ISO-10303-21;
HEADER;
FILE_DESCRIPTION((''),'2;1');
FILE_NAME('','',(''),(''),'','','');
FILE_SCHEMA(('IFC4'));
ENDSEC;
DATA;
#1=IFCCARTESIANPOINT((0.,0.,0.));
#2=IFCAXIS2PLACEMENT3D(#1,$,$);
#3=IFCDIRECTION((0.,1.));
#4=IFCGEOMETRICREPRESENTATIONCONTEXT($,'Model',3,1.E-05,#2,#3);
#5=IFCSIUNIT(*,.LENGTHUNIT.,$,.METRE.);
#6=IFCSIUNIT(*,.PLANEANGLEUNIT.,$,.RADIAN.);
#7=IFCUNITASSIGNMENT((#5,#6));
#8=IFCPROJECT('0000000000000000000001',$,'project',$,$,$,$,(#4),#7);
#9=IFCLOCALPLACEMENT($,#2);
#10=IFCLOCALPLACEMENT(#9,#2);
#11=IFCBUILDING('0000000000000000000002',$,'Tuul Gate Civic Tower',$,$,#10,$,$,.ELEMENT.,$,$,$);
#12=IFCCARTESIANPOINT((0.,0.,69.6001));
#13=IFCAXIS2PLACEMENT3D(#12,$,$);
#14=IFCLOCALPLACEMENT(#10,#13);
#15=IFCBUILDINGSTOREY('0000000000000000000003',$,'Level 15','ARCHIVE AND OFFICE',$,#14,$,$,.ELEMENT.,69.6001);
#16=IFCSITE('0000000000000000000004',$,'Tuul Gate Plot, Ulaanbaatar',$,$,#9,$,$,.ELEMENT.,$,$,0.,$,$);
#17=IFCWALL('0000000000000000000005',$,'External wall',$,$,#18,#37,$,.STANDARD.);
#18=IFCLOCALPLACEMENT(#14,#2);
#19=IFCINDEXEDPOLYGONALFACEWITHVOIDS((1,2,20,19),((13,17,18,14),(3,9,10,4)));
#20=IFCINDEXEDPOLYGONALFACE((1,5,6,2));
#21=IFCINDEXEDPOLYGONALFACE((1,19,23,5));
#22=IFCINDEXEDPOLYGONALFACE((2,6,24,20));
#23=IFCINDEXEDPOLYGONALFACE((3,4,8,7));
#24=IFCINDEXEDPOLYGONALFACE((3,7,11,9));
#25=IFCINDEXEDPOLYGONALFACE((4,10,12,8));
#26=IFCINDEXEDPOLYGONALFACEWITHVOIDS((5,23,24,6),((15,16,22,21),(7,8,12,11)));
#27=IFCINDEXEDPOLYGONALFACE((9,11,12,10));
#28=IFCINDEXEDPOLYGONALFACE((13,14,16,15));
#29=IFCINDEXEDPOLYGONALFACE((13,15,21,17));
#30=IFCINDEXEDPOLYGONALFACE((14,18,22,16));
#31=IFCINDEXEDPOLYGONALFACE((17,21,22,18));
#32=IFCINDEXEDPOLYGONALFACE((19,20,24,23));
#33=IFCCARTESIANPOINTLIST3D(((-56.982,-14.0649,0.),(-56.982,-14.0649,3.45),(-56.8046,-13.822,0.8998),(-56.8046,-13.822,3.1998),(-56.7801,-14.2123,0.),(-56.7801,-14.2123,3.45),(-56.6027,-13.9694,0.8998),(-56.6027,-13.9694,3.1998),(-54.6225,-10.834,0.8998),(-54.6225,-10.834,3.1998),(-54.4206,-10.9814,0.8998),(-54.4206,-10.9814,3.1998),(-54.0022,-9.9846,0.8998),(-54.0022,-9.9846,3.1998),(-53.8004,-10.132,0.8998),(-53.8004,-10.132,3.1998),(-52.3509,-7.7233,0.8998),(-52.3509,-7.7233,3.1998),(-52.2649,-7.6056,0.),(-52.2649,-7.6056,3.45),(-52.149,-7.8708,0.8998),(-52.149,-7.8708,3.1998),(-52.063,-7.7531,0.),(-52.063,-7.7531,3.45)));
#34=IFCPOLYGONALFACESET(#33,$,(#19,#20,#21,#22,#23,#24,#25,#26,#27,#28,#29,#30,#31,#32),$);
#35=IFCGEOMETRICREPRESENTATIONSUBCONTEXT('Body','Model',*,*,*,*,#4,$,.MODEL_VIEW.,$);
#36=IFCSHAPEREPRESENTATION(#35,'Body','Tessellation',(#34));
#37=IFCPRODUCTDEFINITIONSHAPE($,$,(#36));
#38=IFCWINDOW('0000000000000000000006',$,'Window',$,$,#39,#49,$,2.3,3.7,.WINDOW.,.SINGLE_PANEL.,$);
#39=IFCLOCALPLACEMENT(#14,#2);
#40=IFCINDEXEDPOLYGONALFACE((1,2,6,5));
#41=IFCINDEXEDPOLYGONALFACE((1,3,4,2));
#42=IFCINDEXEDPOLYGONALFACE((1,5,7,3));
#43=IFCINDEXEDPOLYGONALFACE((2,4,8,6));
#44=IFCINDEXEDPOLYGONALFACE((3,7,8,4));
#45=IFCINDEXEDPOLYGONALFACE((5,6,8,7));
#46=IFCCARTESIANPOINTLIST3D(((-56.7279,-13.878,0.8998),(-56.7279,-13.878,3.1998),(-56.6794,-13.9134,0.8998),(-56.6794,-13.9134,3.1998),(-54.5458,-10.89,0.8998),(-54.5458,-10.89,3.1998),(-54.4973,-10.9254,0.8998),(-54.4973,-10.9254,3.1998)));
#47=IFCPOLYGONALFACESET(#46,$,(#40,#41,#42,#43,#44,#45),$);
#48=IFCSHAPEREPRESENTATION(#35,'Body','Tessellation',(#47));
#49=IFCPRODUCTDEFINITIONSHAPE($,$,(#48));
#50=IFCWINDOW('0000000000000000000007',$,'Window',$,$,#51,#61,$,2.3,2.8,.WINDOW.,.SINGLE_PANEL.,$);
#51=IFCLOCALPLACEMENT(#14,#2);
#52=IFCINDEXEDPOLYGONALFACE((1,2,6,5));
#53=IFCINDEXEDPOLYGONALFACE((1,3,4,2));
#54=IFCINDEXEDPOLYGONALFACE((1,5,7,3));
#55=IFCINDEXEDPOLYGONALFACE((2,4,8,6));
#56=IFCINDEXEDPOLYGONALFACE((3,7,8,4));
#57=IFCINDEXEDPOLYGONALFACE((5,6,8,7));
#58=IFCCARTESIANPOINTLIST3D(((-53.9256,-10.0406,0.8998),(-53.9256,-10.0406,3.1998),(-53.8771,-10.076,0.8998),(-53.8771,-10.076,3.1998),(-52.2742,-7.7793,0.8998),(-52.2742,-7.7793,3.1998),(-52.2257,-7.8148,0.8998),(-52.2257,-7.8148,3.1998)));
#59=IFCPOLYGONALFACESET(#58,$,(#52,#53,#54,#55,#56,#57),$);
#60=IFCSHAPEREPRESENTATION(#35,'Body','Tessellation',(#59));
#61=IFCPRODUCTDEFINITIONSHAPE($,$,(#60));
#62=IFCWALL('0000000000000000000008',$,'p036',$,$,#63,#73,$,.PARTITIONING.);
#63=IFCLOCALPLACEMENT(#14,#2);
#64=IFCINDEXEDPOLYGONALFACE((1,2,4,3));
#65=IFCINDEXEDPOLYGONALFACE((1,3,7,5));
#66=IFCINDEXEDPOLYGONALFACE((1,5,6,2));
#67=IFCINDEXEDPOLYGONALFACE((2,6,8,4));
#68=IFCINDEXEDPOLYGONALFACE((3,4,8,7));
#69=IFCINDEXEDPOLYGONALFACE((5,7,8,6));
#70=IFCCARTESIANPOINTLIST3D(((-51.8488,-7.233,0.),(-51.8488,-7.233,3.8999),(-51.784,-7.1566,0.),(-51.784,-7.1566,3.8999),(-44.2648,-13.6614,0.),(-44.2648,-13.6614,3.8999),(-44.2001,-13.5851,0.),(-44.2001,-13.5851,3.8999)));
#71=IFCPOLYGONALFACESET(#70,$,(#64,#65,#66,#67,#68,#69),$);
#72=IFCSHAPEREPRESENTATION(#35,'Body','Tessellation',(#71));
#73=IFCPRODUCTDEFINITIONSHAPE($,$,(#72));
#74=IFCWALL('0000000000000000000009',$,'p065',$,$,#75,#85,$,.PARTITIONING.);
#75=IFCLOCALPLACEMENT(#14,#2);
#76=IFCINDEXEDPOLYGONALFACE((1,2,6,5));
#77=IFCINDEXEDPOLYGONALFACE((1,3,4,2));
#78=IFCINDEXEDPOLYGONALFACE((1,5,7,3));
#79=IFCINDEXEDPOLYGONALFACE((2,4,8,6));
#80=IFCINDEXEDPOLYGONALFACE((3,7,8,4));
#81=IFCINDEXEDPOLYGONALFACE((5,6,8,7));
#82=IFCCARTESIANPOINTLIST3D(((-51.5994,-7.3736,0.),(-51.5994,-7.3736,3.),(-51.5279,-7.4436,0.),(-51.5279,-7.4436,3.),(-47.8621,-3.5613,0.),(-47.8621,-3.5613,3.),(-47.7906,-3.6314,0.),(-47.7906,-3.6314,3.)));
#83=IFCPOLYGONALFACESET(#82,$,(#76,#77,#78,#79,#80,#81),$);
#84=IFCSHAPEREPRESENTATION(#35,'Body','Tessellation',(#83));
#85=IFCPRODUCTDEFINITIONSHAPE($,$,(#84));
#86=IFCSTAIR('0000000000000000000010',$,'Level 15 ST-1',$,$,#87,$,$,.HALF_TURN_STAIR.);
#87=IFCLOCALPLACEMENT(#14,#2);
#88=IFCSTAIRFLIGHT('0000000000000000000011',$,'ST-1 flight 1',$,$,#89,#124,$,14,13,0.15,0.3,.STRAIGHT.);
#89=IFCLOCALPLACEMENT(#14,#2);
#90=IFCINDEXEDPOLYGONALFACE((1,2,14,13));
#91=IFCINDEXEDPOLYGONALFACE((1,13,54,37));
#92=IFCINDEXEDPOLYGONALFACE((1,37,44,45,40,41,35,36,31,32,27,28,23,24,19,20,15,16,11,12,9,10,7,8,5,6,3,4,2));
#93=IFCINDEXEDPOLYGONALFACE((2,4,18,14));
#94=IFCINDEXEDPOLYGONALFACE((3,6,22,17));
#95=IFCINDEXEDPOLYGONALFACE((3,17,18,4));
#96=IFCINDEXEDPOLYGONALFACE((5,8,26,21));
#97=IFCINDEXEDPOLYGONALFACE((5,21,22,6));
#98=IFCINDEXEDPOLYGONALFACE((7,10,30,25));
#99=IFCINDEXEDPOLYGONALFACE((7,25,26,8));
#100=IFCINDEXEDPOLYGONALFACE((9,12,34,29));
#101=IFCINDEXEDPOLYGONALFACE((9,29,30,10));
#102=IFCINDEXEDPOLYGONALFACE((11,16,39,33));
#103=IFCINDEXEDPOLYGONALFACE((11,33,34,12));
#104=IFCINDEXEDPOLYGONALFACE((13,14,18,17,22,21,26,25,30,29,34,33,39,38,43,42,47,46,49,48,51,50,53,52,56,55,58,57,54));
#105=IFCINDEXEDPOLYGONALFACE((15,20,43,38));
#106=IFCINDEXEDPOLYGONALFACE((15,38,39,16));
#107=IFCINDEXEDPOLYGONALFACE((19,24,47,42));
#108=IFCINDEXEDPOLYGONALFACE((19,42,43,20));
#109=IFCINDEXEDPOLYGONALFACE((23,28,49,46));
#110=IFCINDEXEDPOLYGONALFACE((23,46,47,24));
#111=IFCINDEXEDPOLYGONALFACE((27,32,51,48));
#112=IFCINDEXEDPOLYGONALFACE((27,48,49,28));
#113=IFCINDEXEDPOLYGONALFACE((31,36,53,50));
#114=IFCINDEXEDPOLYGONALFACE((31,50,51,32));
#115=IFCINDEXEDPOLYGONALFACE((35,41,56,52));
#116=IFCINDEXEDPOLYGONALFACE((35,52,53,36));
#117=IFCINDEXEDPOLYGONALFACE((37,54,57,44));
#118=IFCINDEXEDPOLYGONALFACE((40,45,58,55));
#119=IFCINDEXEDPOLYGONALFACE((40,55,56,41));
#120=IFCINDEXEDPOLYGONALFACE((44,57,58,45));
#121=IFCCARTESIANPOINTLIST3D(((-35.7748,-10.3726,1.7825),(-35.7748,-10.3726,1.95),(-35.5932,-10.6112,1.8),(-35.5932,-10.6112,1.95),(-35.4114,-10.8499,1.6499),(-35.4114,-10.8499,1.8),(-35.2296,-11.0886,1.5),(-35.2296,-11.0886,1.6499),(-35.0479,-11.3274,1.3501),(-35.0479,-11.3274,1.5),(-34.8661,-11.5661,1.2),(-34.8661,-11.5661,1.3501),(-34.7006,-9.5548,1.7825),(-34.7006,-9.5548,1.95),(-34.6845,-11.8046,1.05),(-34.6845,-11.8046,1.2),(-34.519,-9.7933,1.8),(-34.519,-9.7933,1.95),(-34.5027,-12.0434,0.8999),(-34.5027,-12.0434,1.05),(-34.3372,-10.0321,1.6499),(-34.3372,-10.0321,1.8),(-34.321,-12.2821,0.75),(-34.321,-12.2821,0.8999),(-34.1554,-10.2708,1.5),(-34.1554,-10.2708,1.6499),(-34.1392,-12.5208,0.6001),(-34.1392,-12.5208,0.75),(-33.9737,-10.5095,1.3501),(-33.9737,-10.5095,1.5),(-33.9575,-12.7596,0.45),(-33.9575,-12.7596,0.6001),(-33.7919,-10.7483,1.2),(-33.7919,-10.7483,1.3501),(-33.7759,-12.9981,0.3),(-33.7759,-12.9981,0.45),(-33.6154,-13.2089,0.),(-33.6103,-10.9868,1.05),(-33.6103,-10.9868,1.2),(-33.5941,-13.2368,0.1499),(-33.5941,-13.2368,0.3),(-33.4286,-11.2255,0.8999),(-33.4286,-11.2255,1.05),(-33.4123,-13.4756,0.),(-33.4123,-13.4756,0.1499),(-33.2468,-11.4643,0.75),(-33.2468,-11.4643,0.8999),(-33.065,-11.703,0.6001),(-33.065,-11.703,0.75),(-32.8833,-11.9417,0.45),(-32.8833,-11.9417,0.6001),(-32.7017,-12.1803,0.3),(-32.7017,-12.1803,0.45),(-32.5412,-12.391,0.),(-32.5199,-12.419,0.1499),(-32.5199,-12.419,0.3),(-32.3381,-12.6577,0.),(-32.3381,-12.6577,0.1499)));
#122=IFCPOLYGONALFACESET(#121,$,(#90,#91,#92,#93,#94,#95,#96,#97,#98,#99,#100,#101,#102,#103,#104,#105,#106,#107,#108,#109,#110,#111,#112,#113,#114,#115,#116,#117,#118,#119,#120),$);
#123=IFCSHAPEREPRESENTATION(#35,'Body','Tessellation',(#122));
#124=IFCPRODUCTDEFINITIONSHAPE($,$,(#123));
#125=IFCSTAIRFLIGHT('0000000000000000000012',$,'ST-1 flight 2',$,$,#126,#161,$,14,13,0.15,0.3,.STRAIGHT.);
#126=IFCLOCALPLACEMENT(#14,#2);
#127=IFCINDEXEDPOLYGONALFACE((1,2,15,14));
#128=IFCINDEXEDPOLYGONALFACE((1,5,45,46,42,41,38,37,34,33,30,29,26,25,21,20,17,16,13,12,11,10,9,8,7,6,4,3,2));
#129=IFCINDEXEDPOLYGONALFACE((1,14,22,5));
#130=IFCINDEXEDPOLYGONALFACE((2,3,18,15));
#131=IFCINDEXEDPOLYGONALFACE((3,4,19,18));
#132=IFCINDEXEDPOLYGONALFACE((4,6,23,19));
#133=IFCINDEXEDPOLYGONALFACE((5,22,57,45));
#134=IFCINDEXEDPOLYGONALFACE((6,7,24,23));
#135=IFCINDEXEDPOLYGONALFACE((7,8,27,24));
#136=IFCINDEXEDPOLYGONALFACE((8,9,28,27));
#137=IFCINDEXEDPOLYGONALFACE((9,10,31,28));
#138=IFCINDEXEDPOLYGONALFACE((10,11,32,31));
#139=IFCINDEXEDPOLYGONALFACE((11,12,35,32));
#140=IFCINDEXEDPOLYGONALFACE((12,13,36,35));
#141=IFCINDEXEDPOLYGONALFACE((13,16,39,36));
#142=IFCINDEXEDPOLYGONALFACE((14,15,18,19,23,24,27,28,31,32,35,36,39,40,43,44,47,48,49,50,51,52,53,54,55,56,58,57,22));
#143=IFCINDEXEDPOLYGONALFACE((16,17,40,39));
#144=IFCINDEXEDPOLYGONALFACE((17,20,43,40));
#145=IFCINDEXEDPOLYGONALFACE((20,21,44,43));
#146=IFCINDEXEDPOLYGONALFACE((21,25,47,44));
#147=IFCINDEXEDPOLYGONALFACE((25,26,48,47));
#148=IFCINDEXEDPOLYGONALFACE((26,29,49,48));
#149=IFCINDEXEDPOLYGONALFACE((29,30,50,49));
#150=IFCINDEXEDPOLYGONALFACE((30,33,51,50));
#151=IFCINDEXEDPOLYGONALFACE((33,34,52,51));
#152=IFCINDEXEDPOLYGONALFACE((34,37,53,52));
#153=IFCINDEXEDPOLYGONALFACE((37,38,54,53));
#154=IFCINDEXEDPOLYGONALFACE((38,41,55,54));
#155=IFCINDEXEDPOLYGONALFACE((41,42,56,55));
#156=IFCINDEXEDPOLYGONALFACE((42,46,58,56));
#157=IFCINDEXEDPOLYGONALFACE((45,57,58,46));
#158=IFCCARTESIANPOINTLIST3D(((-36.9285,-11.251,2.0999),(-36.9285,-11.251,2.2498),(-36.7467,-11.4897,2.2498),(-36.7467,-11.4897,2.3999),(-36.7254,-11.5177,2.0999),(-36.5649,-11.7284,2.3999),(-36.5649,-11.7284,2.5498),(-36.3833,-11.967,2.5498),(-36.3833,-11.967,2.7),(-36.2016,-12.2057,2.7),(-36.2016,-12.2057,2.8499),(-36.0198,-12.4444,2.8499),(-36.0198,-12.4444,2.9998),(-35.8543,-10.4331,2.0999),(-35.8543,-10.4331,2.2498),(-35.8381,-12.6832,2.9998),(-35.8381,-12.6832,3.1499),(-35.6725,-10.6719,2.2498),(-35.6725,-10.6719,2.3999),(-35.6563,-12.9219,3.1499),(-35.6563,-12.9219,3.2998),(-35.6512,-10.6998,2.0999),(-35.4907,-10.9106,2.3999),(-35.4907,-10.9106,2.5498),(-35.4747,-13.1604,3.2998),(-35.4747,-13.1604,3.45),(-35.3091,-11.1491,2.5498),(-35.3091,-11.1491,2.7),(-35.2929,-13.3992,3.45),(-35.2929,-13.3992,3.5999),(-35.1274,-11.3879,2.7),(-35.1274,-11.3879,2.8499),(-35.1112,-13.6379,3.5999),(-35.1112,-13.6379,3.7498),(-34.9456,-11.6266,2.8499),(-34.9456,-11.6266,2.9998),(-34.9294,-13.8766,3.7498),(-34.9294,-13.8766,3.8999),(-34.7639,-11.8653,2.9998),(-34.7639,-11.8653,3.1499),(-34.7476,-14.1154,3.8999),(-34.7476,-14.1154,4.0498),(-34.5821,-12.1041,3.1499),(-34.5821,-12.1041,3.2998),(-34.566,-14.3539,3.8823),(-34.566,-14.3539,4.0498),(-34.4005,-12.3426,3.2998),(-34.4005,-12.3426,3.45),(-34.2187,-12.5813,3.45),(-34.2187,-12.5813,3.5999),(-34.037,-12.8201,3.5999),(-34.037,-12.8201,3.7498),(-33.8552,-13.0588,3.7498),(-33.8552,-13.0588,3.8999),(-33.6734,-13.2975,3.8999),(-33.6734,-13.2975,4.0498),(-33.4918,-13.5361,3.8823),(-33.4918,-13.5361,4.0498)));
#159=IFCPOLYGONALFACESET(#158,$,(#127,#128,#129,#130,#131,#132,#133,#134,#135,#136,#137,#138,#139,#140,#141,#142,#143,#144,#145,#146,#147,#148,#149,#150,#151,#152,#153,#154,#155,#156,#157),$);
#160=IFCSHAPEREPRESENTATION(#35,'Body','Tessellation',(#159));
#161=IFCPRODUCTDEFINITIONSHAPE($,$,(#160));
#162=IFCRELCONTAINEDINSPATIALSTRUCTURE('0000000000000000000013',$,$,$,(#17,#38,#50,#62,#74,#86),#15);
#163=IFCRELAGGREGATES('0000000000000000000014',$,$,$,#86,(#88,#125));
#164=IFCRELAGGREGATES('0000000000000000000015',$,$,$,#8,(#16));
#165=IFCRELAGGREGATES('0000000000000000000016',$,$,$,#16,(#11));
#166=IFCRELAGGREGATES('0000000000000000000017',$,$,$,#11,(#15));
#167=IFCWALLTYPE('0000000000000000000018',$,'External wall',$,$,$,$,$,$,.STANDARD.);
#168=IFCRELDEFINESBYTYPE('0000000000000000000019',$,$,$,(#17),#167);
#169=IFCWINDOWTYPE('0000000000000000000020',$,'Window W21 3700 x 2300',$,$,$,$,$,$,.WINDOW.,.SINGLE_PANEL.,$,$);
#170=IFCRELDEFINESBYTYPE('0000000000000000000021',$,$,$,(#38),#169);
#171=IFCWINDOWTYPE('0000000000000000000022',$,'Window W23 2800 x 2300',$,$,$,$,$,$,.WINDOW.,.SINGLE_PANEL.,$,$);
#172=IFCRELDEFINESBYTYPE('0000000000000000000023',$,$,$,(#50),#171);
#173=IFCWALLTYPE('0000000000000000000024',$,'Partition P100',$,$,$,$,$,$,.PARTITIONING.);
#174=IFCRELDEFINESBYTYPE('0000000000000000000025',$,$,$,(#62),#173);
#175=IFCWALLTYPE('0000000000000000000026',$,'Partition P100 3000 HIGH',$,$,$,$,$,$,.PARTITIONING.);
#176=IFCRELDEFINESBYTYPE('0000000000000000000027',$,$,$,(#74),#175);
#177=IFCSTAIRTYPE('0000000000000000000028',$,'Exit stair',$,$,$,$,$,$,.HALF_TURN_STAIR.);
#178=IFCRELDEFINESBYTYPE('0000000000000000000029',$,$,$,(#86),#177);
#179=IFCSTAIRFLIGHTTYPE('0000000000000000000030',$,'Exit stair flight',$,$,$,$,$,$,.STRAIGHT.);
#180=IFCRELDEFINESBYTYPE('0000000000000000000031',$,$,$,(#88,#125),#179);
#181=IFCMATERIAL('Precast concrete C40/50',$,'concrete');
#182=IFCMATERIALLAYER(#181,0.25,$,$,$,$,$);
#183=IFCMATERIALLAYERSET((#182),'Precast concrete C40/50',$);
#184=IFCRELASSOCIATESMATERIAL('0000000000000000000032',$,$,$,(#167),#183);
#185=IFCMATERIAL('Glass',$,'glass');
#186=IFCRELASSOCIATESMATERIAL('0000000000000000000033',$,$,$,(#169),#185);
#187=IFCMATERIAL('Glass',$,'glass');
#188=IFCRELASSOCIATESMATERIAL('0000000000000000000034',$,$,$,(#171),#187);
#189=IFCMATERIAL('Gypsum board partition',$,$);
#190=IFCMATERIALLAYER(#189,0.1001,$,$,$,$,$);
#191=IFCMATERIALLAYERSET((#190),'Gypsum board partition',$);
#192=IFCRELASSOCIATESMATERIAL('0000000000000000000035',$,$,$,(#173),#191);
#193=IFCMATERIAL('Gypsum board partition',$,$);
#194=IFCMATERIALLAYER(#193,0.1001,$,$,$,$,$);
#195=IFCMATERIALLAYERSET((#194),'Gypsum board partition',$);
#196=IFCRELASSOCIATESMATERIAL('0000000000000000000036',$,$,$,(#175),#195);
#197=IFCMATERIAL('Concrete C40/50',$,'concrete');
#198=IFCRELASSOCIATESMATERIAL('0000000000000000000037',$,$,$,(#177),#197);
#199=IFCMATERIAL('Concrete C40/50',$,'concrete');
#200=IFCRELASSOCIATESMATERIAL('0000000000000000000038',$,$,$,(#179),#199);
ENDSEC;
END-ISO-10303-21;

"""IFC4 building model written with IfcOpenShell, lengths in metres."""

from ifc_helpers import new_model, si_unit, direction, frame, frame_2d, origin, place, context, subcontext, project, spatial, polyline, rectangle, outline, extrude, material, layer, layer_set, type_object, element, fill, aggregate, save


model = new_model("IFC4")

# Units and contexts
model_context = context("Model", 3, precision=1e-05, world=origin(), true_north=direction((0.0, 1.0)))
body_context = subcontext(model_context, "Body", "Model", "MODEL_VIEW")
ifc_project = project(units=[si_unit("LENGTHUNIT", "METRE"), si_unit("PLANEANGLEUNIT", "RADIAN")], contexts=[model_context])

# Site, building, storey
site_placement = place(None, origin())
site = spatial("IfcSite", under=ifc_project, at=site_placement, Name="Tuul Gate Plot, Ulaanbaatar", CompositionType="ELEMENT", RefElevation=0.0)
building_placement = place(site_placement, origin())
building = spatial("IfcBuilding", under=site, at=building_placement, Name="Tuul Gate Civic Tower", CompositionType="ELEMENT")
storey_placement = place(building_placement, frame((0.0, 0.0, 69.6001)))
storey = spatial("IfcBuildingStorey", under=building, at=storey_placement, Name="Level 15", Description="ARCHIVE AND OFFICE", CompositionType="ELEMENT", Elevation=69.6001)

# Wall, openings, windows
ifc_material_1 = material(Name="Precast concrete C40/50", Category="concrete")
ifc_layer_1 = layer(ifc_material_1, 0.25)
ifc_layer_set_1 = layer_set([ifc_layer_1], Name="Precast concrete C40/50")
wall_type_1 = type_object("IfcWallType", Name="External wall", PredefinedType="STANDARD", material=ifc_layer_set_1)
wall_1_placement = place(storey_placement, frame((-52.1641, -7.6794, 0.0), z_axis=(0.0, 0.0, 1.0), x_axis=(-0.589759, -0.80758, 0.0)))
wall_1 = element("IfcWall", 1, at=wall_1_placement, inside=storey, type_object=wall_type_1, Name="External wall", PredefinedType="STANDARD", context=body_context, shape_type="SweptSolid", body=[
    extrude(rectangle(XDim=7.9983, YDim=0.25, at=frame_2d((3.999, 0.0))), origin(), (0.0, 0.0, 1.0), 3.45),
])
opening_1_placement = place(wall_1_placement, frame((0.1458, 0.0, 0.8999)))
opening_1 = element("IfcOpeningElement", 2, at=opening_1_placement, cuts=wall_1, PredefinedType="OPENING", context=body_context, shape_type="SweptSolid", body=[
    extrude(rectangle(XDim=2.8, YDim=2.3, at=frame_2d((1.3999, 1.1499))), frame((0.0, 0.135, 0.0), z_axis=(0.0, -1.0, 0.0), x_axis=(1.0, 0.0, 0.0)), (0.0, 0.0, 1.0), 0.27),
])
opening_2_placement = place(wall_1_placement, frame((3.9973, 0.0, 0.8999)))
opening_2 = element("IfcOpeningElement", 3, at=opening_2_placement, cuts=wall_1, PredefinedType="OPENING", context=body_context, shape_type="SweptSolid", body=[
    extrude(rectangle(XDim=3.7, YDim=2.3, at=frame_2d((1.8501, 1.1499))), frame((0.0, 0.135, 0.0), z_axis=(0.0, -1.0, 0.0), x_axis=(1.0, 0.0, 0.0)), (0.0, 0.0, 1.0), 0.27),
])
ifc_material_2 = material(Name="Glass", Category="glass")
window_type_1 = type_object("IfcWindowType", Name="Window W21 3700 x 2300", PartitioningType="SINGLE_PANEL", PredefinedType="WINDOW", material=ifc_material_2)
window_1_placement = place(opening_2_placement, origin())
window_1 = element("IfcWindow", 4, at=window_1_placement, inside=storey, type_object=window_type_1, Name="Window", OverallHeight=2.3, OverallWidth=3.7, PartitioningType="SINGLE_PANEL", PredefinedType="WINDOW", context=body_context, shape_type="SweptSolid", body=[
    extrude(rectangle(XDim=3.7, YDim=2.3, at=frame_2d((1.8501, 1.1499))), frame((0.0, 0.03, 0.0), z_axis=(0.0, -1.0, 0.0), x_axis=(1.0, 0.0, 0.0)), (0.0, 0.0, 1.0), 0.0601),
])
fill(opening_2, window_1)
ifc_material_3 = material(Name="Glass", Category="glass")
window_type_2 = type_object("IfcWindowType", Name="Window W23 2800 x 2300", PartitioningType="SINGLE_PANEL", PredefinedType="WINDOW", material=ifc_material_3)
window_2_placement = place(opening_1_placement, origin())
window_2 = element("IfcWindow", 5, at=window_2_placement, inside=storey, type_object=window_type_2, Name="Window", OverallHeight=2.3, OverallWidth=2.8, PartitioningType="SINGLE_PANEL", PredefinedType="WINDOW", context=body_context, shape_type="SweptSolid", body=[
    extrude(rectangle(XDim=2.8, YDim=2.3, at=frame_2d((1.3999, 1.1499))), frame((0.0, 0.03, 0.0), z_axis=(0.0, -1.0, 0.0), x_axis=(1.0, 0.0, 0.0)), (0.0, 0.0, 1.0), 0.0601),
])
fill(opening_1, window_2)

# Walls
ifc_material_4 = material(Name="Gypsum board partition")
ifc_layer_2 = layer(ifc_material_4, 0.1001)
ifc_layer_set_2 = layer_set([ifc_layer_2], Name="Gypsum board partition")
wall_type_2 = type_object("IfcWallType", Name="Partition P100", PredefinedType="PARTITIONING", material=ifc_layer_set_2)
wall_2_placement = place(storey_placement, frame((-51.8164, -7.1948, 0.0), z_axis=(0.0, 0.0, 1.0), x_axis=(0.762828, -0.646601, 0.0)))
element("IfcWall", 6, at=wall_2_placement, inside=storey, type_object=wall_type_2, Name="p036", PredefinedType="PARTITIONING", context=body_context, shape_type="SweptSolid", body=[
    extrude(rectangle(XDim=9.9419, YDim=0.1001, at=frame_2d((4.9709, 0.0))), origin(), (0.0, 0.0, 1.0), 3.8999),
])
ifc_material_5 = material(Name="Gypsum board partition")
ifc_layer_3 = layer(ifc_material_5, 0.1001)
ifc_layer_set_3 = layer_set([ifc_layer_3], Name="Gypsum board partition")
wall_type_3 = type_object("IfcWallType", Name="Partition P100 3000 HIGH", PredefinedType="PARTITIONING", material=ifc_layer_set_3)
wall_3_placement = place(storey_placement, frame((-51.5637, -7.4087, 0.0), z_axis=(0.0, 0.0, 1.0), x_axis=(0.700052, 0.714092, 0.0)))
element("IfcWall", 7, at=wall_3_placement, inside=storey, type_object=wall_type_3, Name="p065", PredefinedType="PARTITIONING", context=body_context, shape_type="SweptSolid", body=[
    extrude(rectangle(XDim=5.3386, YDim=0.1001, at=frame_2d((2.6694, 0.0))), origin(), (0.0, 0.0, 1.0), 3.0),
])

# Stair, stair flights
ifc_material_6 = material(Name="Concrete C40/50", Category="concrete")
stair_type = type_object("IfcStairType", Name="Exit stair", PredefinedType="HALF_TURN_STAIR", material=ifc_material_6)
stair_placement = place(storey_placement, origin())
stair = element("IfcStair", 8, at=stair_placement, inside=storey, type_object=stair_type, Name="Level 15 ST-1", PredefinedType="HALF_TURN_STAIR")
ifc_material_7 = material(Name="Concrete C40/50", Category="concrete")
stair_flight_type = type_object("IfcStairFlightType", Name="Exit stair flight", PredefinedType="STRAIGHT", material=ifc_material_7)
stair_flight_1_placement = place(storey_placement, frame((-32.8752, -13.0667, 0.0), z_axis=(0.0, 0.0, 1.0), x_axis=(-0.605764, 0.795644, 0.0)))
stair_flight_1 = element("IfcStairFlight", 9, at=stair_flight_1_placement, type_object=stair_flight_type, Name="ST-1 flight 1", NumberOfRisers=14, NumberOfTreads=13, PredefinedType="STRAIGHT", RiserHeight=0.15, TreadLength=0.3, context=body_context, shape_type="SweptSolid", body=[
    extrude(outline(polyline([(0.0, 0.0), (0.0, 0.1499), (0.3, 0.1499), (0.3, 0.3), (0.6001, 0.3), (0.6001, 0.45), (0.8999, 0.45), (0.8999, 0.6001), (1.2, 0.6001), (1.2, 0.75), (1.5, 0.75), (1.5, 0.8999), (1.8, 0.8999), (1.8, 1.05), (2.1001, 1.05), (2.1001, 1.2), (2.3999, 1.2), (2.3999, 1.3501), (2.7, 1.3501), (2.7, 1.5), (3.0, 1.5), (3.0, 1.6499), (3.3, 1.6499), (3.3, 1.8), (3.6001, 1.8), (3.6001, 1.95), (3.8999, 1.95), (3.8999, 2.1001), (3.8999, 1.7825), (0.3352, 0.0), (0.0, 0.0)])), frame((0.0, 0.675, 0.0), z_axis=(0.0, -1.0, 0.0), x_axis=(1.0, 0.0, 0.0)), (0.0, 0.0, 1.0), 1.3501),
])
stair_flight_2_placement = place(storey_placement, frame((-36.3914, -10.842, 2.0999), z_axis=(0.0, 0.0, 1.0), x_axis=(0.605764, -0.795644, 0.0)))
stair_flight_2 = element("IfcStairFlight", 10, at=stair_flight_2_placement, type_object=stair_flight_type, Name="ST-1 flight 2", NumberOfRisers=14, NumberOfTreads=13, PredefinedType="STRAIGHT", RiserHeight=0.15, TreadLength=0.3, context=body_context, shape_type="SweptSolid", body=[
    extrude(outline(polyline([(0.0, 0.0), (0.0, 0.1499), (0.3, 0.1499), (0.3, 0.3), (0.6001, 0.3), (0.6001, 0.45), (0.8999, 0.45), (0.8999, 0.6001), (1.2, 0.6001), (1.2, 0.75), (1.5, 0.75), (1.5, 0.8999), (1.8, 0.8999), (1.8, 1.05), (2.1001, 1.05), (2.1001, 1.2), (2.3999, 1.2), (2.3999, 1.3501), (2.7, 1.3501), (2.7, 1.5), (3.0, 1.5), (3.0, 1.6499), (3.3, 1.6499), (3.3, 1.8), (3.6001, 1.8), (3.6001, 1.95), (3.8999, 1.95), (3.8999, 2.1001), (3.8999, 1.7825), (0.3352, 0.0), (0.0, 0.0)])), frame((0.0, 0.675, 0.0), z_axis=(0.0, -1.0, 0.0), x_axis=(1.0, 0.0, 0.0)), (0.0, 0.0, 1.0), 1.3501),
])
aggregate(stair, [stair_flight_1, stair_flight_2])

save(model, "model.ifc")
